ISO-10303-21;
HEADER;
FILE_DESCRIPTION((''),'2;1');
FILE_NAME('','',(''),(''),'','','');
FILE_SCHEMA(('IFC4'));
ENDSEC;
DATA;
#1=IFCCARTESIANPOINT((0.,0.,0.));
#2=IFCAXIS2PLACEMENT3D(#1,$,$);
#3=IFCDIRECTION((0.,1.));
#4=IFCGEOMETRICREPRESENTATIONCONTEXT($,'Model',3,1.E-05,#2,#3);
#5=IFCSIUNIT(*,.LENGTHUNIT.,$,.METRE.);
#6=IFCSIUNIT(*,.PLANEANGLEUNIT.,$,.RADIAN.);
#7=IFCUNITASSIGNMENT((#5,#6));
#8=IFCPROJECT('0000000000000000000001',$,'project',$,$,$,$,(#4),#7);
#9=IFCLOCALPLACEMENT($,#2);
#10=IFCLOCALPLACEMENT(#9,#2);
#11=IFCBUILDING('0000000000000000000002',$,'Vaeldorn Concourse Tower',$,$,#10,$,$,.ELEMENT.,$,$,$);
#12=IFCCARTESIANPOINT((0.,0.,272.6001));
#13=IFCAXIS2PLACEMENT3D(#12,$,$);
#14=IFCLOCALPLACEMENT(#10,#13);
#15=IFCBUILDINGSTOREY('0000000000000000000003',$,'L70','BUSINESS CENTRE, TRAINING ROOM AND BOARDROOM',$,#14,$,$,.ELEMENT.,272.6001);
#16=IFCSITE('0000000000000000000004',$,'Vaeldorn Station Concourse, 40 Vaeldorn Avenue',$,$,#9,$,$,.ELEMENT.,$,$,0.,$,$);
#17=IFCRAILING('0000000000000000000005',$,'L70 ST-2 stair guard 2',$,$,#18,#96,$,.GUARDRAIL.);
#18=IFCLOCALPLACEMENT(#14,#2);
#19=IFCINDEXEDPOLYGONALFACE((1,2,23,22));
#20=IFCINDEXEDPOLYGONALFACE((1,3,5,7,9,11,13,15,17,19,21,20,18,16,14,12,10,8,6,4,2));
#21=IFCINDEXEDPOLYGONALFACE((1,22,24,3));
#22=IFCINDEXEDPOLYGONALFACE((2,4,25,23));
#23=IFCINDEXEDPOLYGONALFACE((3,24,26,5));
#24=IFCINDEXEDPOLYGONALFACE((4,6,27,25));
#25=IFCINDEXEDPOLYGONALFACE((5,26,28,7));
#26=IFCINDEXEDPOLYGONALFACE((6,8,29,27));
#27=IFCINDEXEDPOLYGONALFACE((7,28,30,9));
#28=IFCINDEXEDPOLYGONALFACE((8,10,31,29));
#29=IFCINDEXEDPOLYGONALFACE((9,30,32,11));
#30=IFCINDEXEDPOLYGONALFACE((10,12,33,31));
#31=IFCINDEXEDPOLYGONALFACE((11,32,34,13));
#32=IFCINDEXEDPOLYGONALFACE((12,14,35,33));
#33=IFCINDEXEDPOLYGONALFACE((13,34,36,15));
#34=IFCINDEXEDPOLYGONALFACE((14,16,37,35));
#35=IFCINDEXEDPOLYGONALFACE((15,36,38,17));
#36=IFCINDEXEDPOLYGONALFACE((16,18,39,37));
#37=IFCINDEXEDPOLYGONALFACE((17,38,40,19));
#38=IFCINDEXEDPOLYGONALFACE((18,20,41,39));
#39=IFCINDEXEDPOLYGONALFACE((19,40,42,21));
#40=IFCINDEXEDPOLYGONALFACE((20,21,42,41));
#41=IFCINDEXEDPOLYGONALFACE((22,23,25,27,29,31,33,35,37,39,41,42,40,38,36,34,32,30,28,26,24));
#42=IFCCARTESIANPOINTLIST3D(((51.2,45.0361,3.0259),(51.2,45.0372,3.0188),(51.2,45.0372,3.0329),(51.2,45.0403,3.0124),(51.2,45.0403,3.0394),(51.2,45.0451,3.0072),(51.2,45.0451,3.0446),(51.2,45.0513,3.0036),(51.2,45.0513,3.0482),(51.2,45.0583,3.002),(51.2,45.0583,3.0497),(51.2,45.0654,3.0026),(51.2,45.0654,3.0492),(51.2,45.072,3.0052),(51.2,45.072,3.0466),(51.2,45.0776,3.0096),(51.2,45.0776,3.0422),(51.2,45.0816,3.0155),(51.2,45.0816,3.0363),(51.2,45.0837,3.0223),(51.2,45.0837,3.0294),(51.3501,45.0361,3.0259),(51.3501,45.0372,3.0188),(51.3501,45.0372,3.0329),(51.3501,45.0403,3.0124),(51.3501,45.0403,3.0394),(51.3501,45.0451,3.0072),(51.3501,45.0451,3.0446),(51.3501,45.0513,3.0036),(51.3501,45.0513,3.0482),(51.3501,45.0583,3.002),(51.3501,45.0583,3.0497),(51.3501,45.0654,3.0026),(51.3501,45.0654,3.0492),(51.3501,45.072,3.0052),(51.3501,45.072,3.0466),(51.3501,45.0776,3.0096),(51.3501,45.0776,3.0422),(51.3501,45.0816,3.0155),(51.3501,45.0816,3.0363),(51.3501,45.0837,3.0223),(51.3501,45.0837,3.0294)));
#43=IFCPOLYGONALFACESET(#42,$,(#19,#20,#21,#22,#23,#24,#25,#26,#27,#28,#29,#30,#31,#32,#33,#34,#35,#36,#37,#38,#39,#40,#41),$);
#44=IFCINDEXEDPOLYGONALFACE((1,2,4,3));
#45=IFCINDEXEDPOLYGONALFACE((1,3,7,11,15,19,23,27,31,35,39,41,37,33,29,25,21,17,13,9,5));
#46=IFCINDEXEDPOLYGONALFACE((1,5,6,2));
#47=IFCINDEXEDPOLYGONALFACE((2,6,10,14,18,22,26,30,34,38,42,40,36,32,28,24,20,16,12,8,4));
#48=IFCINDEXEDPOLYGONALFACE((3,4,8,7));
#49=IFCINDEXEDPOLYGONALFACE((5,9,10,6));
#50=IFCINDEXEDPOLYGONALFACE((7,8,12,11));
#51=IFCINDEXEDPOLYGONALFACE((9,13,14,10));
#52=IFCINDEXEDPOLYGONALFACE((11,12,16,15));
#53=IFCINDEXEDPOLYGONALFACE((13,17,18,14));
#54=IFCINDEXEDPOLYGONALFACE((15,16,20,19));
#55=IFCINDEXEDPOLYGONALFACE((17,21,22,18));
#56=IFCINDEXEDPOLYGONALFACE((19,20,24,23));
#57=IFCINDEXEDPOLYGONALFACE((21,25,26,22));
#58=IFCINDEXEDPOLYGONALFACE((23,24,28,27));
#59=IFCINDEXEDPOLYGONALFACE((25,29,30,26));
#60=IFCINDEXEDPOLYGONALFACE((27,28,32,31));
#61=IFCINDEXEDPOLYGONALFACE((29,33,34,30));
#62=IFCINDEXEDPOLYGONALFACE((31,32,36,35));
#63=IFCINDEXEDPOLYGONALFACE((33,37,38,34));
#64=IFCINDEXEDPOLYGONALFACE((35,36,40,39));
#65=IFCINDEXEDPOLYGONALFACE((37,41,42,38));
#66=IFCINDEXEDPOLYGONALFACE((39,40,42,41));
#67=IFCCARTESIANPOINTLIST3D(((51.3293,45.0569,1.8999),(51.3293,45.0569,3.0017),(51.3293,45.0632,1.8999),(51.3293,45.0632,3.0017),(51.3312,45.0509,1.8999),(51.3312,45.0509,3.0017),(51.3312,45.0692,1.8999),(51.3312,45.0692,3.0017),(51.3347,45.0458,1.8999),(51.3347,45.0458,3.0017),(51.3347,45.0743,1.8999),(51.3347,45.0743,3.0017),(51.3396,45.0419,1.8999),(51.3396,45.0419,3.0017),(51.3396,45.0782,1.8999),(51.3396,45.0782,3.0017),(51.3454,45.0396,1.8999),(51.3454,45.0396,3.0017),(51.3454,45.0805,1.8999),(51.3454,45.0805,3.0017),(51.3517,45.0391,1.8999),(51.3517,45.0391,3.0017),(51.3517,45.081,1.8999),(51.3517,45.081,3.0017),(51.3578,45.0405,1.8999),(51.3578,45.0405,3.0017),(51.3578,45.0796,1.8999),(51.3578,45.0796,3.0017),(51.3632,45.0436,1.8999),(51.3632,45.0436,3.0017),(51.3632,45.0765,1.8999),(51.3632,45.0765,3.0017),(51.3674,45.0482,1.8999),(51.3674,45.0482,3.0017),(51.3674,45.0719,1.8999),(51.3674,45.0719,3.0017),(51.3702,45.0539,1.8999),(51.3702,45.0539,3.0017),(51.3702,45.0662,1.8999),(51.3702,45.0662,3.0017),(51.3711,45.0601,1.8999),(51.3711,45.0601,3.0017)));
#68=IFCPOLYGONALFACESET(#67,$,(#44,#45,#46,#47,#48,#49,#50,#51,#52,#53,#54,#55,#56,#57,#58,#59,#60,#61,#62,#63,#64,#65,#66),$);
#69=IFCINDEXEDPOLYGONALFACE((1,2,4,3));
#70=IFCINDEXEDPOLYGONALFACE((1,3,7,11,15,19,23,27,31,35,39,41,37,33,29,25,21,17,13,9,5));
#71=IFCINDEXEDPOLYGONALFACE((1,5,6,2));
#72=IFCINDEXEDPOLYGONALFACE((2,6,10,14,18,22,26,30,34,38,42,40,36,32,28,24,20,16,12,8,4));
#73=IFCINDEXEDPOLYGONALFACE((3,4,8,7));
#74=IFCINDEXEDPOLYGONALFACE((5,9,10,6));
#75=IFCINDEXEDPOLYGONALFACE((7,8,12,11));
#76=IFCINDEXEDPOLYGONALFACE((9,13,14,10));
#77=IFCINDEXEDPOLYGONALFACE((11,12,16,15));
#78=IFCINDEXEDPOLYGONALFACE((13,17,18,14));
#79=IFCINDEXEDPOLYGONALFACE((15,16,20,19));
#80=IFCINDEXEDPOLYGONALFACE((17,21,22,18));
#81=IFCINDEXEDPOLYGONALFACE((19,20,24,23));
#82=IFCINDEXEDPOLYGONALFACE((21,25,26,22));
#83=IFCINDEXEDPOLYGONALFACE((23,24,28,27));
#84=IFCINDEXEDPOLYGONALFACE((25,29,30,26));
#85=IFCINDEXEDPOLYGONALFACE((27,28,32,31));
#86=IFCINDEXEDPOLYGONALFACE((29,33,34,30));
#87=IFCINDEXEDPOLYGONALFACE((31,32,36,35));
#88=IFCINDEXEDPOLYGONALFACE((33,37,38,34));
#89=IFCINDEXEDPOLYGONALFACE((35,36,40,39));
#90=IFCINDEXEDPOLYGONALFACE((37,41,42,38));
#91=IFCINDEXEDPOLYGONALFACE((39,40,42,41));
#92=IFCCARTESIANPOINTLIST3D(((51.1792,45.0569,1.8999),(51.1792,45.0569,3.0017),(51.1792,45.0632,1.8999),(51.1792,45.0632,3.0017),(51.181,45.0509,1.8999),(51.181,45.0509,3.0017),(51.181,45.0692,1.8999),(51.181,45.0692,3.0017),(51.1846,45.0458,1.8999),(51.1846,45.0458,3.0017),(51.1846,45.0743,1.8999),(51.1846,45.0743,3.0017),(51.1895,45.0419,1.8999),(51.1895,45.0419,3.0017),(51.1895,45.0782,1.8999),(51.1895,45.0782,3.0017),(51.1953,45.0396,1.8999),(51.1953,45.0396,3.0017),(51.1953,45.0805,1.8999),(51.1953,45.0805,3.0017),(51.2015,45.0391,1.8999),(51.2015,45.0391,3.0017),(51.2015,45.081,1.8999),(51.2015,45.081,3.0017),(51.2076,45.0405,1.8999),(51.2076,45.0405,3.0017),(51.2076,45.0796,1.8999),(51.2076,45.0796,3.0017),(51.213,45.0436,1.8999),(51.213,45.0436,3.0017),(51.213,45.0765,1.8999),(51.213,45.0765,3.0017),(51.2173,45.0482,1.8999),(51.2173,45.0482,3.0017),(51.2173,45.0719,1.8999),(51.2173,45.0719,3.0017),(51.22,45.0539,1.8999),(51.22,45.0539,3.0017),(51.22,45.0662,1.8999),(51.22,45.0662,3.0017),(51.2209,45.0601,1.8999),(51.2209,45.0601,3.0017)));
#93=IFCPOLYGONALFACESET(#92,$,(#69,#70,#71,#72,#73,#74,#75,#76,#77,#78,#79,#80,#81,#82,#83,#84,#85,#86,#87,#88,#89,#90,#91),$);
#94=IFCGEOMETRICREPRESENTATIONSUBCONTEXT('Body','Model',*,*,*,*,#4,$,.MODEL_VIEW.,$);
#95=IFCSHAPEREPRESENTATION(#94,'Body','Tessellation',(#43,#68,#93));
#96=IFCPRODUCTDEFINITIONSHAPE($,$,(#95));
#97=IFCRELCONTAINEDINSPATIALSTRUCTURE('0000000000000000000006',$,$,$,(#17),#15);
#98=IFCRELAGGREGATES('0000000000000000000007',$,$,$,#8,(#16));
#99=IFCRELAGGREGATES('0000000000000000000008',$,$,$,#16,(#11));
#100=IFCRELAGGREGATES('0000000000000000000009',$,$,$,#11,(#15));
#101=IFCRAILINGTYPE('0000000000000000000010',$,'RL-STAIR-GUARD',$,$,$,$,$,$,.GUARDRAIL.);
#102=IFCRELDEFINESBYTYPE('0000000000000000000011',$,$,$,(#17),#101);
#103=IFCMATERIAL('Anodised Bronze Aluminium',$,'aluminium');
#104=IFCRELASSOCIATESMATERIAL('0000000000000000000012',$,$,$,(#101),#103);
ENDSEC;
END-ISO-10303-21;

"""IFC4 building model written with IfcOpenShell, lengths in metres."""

from ifc_helpers import new_model, si_unit, direction, frame, origin, origin_2d, place, context, subcontext, project, spatial, circle, extrude, material, type_object, element, save


model = new_model("IFC4")

# Units and contexts
model_context = context("Model", 3, precision=1e-05, world=origin(), true_north=direction((0.0, 1.0)))
body_context = subcontext(model_context, "Body", "Model", "MODEL_VIEW")
ifc_project = project(units=[si_unit("LENGTHUNIT", "METRE"), si_unit("PLANEANGLEUNIT", "RADIAN")], contexts=[model_context])

# Site, building, storey
site_placement = place(None, origin())
site = spatial("IfcSite", under=ifc_project, at=site_placement, Name="Vaeldorn Station Concourse, 40 Vaeldorn Avenue", CompositionType="ELEMENT", RefElevation=0.0)
building_placement = place(site_placement, origin())
building = spatial("IfcBuilding", under=site, at=building_placement, Name="Vaeldorn Concourse Tower", CompositionType="ELEMENT")
storey_placement = place(building_placement, frame((0.0, 0.0, 272.6001)))
storey = spatial("IfcBuildingStorey", under=building, at=storey_placement, Name="L70", Description="BUSINESS CENTRE, TRAINING ROOM AND BOARDROOM", CompositionType="ELEMENT", Elevation=272.6001)

# Shared definitions
ifc_material_1 = material(Name="Anodised Bronze Aluminium", Category="aluminium")

# Railing
railing_type_1 = type_object("IfcRailingType", Name="RL-STAIR-GUARD", PredefinedType="GUARDRAIL", material=ifc_material_1)
railing_1_placement = place(storey_placement, frame((51.3501, 45.0601, 1.8999)))
element("IfcRailing", 1, at=railing_1_placement, inside=storey, type_object=railing_type_1, Name="L70 ST-2 stair guard 2", PredefinedType="GUARDRAIL", context=body_context, shape_type="SweptSolid", body=[
    extrude(circle(Radius=0.0239, at=origin_2d()), frame((0.0, 0.0, 1.126), z_axis=(-1.0, 0.0, 0.0), x_axis=(0.0, -1.0, 0.0)), (0.0, 0.0, 1.0), 0.1501),
    extrude(circle(Radius=0.021, at=origin_2d()), origin(), (0.0, 0.0, 1.0), 1.1018),
    extrude(circle(Radius=0.021, at=origin_2d()), frame((-0.1501, 0.0, 0.0)), (0.0, 0.0, 1.0), 1.1018),
])

save(model, "model.ifc")
